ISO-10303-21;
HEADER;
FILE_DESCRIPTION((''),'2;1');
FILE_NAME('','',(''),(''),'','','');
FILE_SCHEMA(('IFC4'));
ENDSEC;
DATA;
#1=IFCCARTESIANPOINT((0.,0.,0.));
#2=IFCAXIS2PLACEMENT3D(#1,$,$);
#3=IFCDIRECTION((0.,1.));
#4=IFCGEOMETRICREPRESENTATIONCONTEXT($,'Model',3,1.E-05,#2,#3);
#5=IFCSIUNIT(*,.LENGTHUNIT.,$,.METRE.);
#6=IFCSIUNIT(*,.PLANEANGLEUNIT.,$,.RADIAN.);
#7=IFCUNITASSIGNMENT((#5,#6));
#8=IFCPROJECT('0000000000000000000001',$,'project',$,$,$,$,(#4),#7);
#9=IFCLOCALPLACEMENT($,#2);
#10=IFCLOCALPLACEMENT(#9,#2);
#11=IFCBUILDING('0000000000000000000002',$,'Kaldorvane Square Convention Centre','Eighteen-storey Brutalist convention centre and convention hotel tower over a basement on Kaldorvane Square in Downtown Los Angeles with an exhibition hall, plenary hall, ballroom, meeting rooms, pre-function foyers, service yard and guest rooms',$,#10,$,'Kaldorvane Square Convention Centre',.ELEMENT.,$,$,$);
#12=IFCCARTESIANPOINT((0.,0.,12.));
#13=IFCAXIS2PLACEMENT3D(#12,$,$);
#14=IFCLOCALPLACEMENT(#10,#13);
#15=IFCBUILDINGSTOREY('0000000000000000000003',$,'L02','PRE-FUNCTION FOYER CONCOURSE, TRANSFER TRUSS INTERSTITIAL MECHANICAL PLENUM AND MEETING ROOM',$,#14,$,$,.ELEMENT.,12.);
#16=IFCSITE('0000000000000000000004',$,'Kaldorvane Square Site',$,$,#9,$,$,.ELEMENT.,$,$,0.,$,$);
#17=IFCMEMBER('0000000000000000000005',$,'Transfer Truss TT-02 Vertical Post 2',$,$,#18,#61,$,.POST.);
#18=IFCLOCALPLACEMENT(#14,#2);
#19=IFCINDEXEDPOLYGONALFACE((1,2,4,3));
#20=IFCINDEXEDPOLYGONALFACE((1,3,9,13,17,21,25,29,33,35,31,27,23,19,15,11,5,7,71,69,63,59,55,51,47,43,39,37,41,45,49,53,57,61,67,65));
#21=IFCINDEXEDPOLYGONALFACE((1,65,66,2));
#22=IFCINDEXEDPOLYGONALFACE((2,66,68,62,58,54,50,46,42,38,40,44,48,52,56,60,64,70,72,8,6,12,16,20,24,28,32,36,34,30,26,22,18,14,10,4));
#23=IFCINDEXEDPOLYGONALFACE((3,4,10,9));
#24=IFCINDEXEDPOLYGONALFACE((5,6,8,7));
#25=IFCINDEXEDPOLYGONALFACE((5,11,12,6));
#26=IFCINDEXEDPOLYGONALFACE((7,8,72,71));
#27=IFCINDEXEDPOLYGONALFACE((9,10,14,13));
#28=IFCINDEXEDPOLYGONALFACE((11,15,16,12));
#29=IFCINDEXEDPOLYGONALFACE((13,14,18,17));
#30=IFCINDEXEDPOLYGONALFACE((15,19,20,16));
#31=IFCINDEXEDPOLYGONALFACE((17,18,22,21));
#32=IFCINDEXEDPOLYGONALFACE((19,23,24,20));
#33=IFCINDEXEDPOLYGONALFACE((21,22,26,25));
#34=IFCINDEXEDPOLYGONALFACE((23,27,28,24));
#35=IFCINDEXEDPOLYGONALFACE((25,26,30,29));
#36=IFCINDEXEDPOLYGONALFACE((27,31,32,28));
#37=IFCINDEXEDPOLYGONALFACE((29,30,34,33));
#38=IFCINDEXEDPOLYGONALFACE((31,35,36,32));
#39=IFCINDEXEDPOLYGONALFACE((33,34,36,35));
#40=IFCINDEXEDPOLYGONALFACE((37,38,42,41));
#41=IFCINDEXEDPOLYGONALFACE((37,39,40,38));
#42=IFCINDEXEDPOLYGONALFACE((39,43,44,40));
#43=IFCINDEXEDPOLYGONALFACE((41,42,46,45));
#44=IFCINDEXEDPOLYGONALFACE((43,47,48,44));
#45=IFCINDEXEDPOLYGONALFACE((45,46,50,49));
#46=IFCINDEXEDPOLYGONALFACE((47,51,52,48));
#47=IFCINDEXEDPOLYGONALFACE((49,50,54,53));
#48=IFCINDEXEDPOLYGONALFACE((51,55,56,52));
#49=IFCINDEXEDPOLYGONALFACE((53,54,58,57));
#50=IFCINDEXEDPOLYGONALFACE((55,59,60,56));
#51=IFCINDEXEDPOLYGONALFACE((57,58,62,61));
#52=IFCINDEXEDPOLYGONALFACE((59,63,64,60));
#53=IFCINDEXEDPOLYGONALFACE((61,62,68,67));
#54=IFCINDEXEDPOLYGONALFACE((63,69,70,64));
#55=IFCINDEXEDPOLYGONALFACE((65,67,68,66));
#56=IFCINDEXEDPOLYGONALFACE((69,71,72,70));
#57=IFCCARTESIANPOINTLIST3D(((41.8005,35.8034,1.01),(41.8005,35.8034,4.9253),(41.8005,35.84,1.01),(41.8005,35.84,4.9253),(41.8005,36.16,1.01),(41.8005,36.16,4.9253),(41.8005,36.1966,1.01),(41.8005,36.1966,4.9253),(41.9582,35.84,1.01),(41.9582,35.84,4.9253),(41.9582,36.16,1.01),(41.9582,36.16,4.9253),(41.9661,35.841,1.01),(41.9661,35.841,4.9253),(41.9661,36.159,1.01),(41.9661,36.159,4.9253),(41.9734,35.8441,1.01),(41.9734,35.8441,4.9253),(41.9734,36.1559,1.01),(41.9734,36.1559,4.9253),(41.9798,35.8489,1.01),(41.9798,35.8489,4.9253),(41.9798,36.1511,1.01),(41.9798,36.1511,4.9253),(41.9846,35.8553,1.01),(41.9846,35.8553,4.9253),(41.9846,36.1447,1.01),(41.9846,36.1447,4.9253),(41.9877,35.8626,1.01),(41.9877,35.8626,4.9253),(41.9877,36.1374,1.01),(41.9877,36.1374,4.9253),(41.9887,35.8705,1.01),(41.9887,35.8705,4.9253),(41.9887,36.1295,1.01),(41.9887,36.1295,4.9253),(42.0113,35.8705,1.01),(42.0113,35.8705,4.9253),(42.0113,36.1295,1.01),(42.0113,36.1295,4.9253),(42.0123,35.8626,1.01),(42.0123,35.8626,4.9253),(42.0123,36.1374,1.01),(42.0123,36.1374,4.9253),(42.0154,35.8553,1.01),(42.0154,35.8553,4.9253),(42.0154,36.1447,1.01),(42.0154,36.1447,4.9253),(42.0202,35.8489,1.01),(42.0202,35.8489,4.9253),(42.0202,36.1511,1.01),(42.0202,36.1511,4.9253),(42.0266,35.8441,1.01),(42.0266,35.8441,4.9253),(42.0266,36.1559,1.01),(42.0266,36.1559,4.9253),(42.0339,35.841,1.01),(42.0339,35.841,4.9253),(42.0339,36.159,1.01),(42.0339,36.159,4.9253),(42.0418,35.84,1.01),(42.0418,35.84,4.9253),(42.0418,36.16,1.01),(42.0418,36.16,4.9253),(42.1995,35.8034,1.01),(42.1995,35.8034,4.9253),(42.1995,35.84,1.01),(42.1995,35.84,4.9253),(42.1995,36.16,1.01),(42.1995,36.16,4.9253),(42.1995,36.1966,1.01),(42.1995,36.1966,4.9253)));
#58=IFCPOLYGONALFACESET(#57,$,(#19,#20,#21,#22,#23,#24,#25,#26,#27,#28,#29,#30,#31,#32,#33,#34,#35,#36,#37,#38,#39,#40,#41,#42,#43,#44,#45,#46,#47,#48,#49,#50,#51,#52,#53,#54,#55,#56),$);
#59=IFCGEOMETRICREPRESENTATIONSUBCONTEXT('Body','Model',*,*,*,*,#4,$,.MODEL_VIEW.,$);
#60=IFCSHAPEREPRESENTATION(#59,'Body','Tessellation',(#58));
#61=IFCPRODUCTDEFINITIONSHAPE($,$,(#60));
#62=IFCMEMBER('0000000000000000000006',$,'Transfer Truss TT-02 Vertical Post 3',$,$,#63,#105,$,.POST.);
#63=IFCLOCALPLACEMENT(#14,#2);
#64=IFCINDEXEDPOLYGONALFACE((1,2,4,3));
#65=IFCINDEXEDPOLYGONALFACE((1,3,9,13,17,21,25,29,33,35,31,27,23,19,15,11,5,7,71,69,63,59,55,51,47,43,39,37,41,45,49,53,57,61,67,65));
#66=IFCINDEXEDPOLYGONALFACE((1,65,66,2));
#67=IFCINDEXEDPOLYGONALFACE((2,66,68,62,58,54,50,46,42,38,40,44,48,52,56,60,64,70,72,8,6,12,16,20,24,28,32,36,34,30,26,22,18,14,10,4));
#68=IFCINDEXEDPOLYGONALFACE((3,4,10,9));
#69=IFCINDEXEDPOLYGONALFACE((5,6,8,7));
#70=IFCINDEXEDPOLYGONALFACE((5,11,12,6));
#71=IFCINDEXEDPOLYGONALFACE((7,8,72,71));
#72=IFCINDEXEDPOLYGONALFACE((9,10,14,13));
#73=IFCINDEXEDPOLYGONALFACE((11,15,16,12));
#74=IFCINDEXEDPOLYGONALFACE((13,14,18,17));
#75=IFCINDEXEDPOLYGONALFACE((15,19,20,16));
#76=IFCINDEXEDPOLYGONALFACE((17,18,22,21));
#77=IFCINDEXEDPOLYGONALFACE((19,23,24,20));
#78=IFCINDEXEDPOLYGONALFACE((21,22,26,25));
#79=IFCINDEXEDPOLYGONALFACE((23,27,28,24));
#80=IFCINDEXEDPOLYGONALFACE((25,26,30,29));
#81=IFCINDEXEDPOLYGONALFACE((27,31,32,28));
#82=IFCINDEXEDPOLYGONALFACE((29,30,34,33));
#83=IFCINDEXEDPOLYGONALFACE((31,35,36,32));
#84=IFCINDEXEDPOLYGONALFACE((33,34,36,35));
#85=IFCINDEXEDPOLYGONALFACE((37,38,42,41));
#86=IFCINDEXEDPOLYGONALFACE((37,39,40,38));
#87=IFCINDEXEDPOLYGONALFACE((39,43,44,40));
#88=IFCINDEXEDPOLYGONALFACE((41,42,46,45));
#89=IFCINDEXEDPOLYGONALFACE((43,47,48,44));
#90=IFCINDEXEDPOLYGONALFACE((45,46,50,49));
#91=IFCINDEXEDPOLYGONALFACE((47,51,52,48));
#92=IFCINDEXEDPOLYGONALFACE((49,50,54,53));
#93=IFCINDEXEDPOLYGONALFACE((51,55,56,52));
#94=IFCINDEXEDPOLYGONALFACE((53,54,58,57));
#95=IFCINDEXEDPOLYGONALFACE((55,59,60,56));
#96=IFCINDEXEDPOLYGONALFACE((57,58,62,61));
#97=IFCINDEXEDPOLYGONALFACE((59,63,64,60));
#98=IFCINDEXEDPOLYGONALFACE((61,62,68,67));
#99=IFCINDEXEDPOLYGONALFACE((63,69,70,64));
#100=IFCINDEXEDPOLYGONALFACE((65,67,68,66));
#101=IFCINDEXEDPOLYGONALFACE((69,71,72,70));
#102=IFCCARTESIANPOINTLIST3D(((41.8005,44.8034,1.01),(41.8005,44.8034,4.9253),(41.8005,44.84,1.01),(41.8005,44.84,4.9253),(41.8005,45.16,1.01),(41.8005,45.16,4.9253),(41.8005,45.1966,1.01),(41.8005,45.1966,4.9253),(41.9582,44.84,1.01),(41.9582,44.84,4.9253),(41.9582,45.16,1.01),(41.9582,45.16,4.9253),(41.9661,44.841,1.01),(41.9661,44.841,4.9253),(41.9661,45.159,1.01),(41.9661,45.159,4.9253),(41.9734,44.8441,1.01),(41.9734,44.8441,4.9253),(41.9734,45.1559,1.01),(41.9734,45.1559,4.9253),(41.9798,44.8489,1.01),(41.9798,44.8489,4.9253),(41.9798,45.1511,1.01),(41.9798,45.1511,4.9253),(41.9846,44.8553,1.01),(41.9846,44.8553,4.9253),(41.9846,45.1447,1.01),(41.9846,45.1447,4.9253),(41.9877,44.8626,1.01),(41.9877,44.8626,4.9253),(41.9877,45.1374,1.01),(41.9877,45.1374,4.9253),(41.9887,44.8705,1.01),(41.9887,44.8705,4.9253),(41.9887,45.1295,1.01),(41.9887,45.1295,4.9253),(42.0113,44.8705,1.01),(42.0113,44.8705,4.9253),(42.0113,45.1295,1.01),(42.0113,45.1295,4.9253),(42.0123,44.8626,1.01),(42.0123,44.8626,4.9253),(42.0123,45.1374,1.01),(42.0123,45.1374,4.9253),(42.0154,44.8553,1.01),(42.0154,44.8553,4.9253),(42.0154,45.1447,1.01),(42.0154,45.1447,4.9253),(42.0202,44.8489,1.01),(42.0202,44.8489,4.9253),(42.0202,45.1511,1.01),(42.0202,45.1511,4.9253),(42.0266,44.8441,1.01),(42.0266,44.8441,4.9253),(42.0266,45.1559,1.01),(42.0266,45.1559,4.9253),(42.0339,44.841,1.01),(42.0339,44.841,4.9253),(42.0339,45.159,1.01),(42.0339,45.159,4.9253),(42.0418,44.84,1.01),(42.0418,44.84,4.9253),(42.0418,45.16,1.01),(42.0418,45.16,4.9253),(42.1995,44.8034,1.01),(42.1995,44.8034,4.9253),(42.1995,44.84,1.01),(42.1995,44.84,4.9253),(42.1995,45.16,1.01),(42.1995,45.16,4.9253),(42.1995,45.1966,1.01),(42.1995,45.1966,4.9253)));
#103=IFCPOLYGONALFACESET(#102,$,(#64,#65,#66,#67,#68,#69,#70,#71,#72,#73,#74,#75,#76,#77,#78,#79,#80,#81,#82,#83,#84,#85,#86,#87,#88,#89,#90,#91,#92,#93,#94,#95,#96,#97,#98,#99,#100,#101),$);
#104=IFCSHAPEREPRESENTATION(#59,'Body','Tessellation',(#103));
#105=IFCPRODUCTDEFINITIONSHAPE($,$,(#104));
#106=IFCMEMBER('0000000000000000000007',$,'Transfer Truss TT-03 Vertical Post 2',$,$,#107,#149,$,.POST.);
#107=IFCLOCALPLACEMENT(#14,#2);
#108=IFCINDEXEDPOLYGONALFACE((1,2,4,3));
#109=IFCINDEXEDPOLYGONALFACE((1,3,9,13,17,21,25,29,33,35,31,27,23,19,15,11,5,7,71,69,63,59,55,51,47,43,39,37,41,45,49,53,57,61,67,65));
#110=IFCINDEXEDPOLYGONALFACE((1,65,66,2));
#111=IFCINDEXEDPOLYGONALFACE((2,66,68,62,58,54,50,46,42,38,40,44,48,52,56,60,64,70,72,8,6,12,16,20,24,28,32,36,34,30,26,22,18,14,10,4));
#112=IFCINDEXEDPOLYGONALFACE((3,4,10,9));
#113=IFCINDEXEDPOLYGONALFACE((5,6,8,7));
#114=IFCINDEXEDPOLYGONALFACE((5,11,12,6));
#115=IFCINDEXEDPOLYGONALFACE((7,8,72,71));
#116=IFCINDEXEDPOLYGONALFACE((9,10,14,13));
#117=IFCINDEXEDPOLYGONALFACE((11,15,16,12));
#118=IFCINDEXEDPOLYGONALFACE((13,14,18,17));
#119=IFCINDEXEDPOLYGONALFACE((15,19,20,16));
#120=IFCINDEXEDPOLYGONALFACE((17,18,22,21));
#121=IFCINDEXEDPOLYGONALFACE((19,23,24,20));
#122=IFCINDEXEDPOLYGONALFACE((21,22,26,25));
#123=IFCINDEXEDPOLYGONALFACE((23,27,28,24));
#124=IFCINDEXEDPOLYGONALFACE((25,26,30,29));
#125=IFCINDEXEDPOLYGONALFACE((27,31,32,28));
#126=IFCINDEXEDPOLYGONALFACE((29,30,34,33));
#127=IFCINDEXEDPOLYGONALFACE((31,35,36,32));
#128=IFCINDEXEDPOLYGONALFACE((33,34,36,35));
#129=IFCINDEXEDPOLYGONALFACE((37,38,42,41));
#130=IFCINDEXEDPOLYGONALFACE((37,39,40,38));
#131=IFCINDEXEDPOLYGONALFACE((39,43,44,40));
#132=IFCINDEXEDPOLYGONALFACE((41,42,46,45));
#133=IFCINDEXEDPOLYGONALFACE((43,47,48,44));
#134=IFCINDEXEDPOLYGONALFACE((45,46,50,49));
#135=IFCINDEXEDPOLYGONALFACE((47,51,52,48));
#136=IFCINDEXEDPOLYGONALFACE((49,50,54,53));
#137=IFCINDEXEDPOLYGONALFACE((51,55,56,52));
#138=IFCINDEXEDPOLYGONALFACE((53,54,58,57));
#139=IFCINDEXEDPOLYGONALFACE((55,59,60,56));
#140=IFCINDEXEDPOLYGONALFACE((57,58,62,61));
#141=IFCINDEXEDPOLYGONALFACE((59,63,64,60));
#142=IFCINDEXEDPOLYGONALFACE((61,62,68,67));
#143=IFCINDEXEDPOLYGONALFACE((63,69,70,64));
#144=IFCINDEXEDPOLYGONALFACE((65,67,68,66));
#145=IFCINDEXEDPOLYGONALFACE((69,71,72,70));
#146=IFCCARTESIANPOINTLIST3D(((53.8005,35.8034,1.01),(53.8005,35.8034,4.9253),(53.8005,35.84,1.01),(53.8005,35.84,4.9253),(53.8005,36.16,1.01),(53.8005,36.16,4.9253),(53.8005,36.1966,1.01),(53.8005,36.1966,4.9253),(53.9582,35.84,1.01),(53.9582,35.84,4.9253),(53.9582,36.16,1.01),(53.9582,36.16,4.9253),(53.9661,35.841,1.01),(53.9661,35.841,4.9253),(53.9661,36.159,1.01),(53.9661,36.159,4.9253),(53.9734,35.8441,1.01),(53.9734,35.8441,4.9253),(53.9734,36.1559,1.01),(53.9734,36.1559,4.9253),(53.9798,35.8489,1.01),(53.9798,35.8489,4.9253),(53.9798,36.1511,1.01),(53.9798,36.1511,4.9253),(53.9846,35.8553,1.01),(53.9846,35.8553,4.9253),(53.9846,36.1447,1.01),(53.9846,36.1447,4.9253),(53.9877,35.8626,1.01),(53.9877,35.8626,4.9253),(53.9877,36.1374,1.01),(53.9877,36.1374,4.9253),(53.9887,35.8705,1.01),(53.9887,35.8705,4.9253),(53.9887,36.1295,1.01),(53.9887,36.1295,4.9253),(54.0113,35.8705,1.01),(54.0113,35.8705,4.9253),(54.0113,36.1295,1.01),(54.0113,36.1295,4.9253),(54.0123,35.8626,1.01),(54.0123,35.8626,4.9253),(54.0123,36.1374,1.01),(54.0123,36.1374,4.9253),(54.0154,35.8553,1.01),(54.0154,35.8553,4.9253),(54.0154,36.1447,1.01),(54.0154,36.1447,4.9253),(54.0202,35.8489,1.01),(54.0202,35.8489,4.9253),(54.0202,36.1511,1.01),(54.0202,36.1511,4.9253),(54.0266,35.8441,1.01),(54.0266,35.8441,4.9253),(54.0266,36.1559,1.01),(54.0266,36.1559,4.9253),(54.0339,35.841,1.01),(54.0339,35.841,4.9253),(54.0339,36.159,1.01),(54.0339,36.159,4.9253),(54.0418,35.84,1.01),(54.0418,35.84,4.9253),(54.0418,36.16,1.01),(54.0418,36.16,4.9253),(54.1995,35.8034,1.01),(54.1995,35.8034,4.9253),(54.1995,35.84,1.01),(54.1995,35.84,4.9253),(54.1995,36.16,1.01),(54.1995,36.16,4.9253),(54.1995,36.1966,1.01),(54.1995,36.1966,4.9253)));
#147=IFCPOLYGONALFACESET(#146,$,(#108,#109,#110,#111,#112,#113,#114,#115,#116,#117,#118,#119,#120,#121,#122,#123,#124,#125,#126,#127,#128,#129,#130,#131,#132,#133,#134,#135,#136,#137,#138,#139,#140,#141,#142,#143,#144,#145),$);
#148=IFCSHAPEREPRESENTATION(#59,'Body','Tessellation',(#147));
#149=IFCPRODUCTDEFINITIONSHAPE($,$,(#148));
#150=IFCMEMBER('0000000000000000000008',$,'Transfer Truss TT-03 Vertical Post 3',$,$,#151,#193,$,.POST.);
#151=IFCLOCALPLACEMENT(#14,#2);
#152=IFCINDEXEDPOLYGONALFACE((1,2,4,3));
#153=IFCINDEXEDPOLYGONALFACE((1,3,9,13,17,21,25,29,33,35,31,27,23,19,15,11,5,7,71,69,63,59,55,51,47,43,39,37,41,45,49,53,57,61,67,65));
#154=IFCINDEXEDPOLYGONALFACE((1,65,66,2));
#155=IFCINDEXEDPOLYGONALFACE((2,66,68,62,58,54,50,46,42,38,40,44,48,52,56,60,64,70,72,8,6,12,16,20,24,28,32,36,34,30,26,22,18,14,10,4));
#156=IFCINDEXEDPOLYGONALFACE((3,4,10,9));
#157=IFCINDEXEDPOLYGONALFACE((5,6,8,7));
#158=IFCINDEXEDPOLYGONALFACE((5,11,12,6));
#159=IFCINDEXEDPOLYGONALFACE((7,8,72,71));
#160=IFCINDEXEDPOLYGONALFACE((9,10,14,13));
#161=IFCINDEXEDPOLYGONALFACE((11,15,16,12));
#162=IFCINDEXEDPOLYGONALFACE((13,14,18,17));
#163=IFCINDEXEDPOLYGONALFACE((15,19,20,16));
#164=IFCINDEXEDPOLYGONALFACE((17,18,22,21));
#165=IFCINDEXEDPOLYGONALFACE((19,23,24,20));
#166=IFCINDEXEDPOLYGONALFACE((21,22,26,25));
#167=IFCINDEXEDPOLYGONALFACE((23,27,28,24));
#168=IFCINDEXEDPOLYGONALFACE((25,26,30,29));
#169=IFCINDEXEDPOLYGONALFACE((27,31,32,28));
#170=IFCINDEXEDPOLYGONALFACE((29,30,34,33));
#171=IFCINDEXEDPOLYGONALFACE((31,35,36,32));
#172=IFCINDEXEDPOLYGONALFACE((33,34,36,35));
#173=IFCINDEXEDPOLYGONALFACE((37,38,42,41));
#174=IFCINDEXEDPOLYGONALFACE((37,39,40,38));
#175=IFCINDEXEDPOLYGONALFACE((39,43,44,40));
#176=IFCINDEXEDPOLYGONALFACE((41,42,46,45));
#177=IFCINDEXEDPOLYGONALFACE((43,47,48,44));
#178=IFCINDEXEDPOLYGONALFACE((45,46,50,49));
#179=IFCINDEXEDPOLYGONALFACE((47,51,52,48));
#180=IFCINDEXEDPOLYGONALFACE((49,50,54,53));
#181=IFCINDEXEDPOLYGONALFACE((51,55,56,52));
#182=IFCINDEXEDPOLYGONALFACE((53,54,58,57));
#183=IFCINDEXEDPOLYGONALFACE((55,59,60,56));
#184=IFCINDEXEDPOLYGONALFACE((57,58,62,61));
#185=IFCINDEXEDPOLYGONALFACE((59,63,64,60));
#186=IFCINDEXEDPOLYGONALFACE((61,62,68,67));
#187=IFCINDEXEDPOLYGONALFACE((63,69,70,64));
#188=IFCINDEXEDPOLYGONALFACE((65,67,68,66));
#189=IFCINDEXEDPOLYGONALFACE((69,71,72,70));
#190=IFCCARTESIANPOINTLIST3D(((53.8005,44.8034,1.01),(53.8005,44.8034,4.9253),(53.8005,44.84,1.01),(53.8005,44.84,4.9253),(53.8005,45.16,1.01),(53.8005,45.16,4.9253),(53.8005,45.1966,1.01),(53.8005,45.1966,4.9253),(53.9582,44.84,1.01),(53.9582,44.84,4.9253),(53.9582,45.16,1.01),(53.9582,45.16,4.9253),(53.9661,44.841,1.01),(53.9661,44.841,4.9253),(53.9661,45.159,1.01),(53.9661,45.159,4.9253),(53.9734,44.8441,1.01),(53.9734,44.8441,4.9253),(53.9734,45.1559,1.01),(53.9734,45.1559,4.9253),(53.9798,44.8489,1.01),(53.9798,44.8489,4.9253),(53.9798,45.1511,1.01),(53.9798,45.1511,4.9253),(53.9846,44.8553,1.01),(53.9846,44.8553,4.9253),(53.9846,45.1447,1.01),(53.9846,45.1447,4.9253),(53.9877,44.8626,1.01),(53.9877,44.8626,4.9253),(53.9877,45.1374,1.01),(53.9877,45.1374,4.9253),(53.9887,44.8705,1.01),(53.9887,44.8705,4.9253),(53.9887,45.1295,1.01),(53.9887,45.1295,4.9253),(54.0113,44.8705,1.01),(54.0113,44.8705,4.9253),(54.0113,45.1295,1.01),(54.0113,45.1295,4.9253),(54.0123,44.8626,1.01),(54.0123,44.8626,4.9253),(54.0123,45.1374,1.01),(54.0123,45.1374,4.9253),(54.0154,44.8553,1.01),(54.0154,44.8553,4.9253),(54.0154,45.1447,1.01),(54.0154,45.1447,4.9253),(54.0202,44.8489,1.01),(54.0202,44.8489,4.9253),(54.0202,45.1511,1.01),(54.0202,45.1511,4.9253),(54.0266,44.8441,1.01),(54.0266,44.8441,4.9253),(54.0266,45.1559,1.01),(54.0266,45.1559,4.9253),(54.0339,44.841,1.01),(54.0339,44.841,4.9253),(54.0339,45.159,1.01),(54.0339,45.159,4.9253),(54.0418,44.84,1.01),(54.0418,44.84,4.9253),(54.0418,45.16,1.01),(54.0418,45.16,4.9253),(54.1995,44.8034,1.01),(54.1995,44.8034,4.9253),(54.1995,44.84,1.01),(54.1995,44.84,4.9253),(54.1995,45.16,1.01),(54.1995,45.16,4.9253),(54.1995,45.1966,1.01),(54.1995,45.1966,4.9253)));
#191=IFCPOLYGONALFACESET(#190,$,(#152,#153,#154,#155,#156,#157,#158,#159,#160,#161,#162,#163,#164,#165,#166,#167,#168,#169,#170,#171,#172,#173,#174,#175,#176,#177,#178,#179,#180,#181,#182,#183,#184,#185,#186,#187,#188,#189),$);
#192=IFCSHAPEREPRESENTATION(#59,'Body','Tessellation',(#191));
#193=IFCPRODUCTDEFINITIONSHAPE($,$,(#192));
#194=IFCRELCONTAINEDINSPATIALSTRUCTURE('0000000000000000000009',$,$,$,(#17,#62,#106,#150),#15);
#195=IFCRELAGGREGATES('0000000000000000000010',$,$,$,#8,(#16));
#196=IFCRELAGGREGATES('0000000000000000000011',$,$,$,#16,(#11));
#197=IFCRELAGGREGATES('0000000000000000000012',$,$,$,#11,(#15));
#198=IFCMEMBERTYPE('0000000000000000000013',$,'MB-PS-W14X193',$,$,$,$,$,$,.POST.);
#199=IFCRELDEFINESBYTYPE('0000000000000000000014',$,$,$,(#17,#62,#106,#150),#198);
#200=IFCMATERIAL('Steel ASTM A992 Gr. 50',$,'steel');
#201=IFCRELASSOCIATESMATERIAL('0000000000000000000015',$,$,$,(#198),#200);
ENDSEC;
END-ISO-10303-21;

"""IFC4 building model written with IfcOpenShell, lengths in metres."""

from ifc_helpers import new_model, si_unit, direction, frame, origin, origin_2d, place, context, subcontext, project, spatial, i_section, extrude, material, material_profile, profile_set, type_object, element, save


model = new_model("IFC4")

# Units and contexts
model_context = context("Model", 3, precision=1e-05, world=origin(), true_north=direction((0.0, 1.0)))
body_context = subcontext(model_context, "Body", "Model", "MODEL_VIEW")
ifc_project = project(units=[si_unit("LENGTHUNIT", "METRE"), si_unit("PLANEANGLEUNIT", "RADIAN")], contexts=[model_context])

# Site, building, storey
site_placement = place(None, origin())
site = spatial("IfcSite", under=ifc_project, at=site_placement, Name="Kaldorvane Square Site", CompositionType="ELEMENT", RefElevation=0.0)
building_placement = place(site_placement, origin())
building = spatial("IfcBuilding", under=site, at=building_placement, Name="Kaldorvane Square Convention Centre", Description="Eighteen-storey Brutalist convention centre and convention hotel tower over a basement on Kaldorvane Square in Downtown Los Angeles with an exhibition hall, plenary hall, ballroom, meeting rooms, pre-function foyers, service yard and guest rooms", LongName="Kaldorvane Square Convention Centre", CompositionType="ELEMENT")
storey_placement = place(building_placement, frame((0.0, 0.0, 12.0)))
storey = spatial("IfcBuildingStorey", under=building, at=storey_placement, Name="L02", Description="PRE-FUNCTION FOYER CONCOURSE, TRANSFER TRUSS INTERSTITIAL MECHANICAL PLENUM AND MEETING ROOM", CompositionType="ELEMENT", Elevation=12.0)

# Shared definitions
ifc_material_1 = material(Name="Steel ASTM A992 Gr. 50", Category="steel")

# Members
ifc_material_profile_1 = material_profile(ifc_material_1, i_section(OverallWidth=0.399, OverallDepth=0.3932, WebThickness=0.0226, FlangeThickness=0.0366, FilletRadius=0.0305, at=origin_2d()), Name="W14X193")
ifc_profile_set_1 = profile_set([ifc_material_profile_1], Name="Steel ASTM A992 Gr. 50")
member_type_1 = type_object("IfcMemberType", Name="MB-PS-W14X193", PredefinedType="POST", material=ifc_profile_set_1)
for number, where, z_axis, x_axis, name in (
    (1, (42.0, 36.0, 1.01), (0.0, 0.0, 1.0), (1.0, 0.0, 0.0), "Transfer Truss TT-02 Vertical Post 2"),
    (2, (42.0, 45.0, 1.01), (0.0, 0.0, 1.0), (1.0, 0.0, 0.0), "Transfer Truss TT-02 Vertical Post 3"),
    (3, (54.0, 36.0, 1.01), (0.0, 0.0, 1.0), (1.0, 0.0, 0.0), "Transfer Truss TT-03 Vertical Post 2"),
    (4, (54.0, 45.0, 1.01), (0.0, 0.0, 1.0), (1.0, 0.0, 0.0), "Transfer Truss TT-03 Vertical Post 3"),
):
    element("IfcMember", number, at=place(storey_placement, frame(where, z_axis=z_axis, x_axis=x_axis)), inside=storey, type_object=member_type_1, Name=name, PredefinedType="POST", context=body_context, shape_type="SweptSolid", body=[
        extrude(i_section(OverallWidth=0.399, OverallDepth=0.3932, WebThickness=0.0226, FlangeThickness=0.0366, FilletRadius=0.0305, at=origin_2d()), origin(), (0.0, 0.0, 1.0), 3.9153),
    ])

save(model, "model.ifc")
